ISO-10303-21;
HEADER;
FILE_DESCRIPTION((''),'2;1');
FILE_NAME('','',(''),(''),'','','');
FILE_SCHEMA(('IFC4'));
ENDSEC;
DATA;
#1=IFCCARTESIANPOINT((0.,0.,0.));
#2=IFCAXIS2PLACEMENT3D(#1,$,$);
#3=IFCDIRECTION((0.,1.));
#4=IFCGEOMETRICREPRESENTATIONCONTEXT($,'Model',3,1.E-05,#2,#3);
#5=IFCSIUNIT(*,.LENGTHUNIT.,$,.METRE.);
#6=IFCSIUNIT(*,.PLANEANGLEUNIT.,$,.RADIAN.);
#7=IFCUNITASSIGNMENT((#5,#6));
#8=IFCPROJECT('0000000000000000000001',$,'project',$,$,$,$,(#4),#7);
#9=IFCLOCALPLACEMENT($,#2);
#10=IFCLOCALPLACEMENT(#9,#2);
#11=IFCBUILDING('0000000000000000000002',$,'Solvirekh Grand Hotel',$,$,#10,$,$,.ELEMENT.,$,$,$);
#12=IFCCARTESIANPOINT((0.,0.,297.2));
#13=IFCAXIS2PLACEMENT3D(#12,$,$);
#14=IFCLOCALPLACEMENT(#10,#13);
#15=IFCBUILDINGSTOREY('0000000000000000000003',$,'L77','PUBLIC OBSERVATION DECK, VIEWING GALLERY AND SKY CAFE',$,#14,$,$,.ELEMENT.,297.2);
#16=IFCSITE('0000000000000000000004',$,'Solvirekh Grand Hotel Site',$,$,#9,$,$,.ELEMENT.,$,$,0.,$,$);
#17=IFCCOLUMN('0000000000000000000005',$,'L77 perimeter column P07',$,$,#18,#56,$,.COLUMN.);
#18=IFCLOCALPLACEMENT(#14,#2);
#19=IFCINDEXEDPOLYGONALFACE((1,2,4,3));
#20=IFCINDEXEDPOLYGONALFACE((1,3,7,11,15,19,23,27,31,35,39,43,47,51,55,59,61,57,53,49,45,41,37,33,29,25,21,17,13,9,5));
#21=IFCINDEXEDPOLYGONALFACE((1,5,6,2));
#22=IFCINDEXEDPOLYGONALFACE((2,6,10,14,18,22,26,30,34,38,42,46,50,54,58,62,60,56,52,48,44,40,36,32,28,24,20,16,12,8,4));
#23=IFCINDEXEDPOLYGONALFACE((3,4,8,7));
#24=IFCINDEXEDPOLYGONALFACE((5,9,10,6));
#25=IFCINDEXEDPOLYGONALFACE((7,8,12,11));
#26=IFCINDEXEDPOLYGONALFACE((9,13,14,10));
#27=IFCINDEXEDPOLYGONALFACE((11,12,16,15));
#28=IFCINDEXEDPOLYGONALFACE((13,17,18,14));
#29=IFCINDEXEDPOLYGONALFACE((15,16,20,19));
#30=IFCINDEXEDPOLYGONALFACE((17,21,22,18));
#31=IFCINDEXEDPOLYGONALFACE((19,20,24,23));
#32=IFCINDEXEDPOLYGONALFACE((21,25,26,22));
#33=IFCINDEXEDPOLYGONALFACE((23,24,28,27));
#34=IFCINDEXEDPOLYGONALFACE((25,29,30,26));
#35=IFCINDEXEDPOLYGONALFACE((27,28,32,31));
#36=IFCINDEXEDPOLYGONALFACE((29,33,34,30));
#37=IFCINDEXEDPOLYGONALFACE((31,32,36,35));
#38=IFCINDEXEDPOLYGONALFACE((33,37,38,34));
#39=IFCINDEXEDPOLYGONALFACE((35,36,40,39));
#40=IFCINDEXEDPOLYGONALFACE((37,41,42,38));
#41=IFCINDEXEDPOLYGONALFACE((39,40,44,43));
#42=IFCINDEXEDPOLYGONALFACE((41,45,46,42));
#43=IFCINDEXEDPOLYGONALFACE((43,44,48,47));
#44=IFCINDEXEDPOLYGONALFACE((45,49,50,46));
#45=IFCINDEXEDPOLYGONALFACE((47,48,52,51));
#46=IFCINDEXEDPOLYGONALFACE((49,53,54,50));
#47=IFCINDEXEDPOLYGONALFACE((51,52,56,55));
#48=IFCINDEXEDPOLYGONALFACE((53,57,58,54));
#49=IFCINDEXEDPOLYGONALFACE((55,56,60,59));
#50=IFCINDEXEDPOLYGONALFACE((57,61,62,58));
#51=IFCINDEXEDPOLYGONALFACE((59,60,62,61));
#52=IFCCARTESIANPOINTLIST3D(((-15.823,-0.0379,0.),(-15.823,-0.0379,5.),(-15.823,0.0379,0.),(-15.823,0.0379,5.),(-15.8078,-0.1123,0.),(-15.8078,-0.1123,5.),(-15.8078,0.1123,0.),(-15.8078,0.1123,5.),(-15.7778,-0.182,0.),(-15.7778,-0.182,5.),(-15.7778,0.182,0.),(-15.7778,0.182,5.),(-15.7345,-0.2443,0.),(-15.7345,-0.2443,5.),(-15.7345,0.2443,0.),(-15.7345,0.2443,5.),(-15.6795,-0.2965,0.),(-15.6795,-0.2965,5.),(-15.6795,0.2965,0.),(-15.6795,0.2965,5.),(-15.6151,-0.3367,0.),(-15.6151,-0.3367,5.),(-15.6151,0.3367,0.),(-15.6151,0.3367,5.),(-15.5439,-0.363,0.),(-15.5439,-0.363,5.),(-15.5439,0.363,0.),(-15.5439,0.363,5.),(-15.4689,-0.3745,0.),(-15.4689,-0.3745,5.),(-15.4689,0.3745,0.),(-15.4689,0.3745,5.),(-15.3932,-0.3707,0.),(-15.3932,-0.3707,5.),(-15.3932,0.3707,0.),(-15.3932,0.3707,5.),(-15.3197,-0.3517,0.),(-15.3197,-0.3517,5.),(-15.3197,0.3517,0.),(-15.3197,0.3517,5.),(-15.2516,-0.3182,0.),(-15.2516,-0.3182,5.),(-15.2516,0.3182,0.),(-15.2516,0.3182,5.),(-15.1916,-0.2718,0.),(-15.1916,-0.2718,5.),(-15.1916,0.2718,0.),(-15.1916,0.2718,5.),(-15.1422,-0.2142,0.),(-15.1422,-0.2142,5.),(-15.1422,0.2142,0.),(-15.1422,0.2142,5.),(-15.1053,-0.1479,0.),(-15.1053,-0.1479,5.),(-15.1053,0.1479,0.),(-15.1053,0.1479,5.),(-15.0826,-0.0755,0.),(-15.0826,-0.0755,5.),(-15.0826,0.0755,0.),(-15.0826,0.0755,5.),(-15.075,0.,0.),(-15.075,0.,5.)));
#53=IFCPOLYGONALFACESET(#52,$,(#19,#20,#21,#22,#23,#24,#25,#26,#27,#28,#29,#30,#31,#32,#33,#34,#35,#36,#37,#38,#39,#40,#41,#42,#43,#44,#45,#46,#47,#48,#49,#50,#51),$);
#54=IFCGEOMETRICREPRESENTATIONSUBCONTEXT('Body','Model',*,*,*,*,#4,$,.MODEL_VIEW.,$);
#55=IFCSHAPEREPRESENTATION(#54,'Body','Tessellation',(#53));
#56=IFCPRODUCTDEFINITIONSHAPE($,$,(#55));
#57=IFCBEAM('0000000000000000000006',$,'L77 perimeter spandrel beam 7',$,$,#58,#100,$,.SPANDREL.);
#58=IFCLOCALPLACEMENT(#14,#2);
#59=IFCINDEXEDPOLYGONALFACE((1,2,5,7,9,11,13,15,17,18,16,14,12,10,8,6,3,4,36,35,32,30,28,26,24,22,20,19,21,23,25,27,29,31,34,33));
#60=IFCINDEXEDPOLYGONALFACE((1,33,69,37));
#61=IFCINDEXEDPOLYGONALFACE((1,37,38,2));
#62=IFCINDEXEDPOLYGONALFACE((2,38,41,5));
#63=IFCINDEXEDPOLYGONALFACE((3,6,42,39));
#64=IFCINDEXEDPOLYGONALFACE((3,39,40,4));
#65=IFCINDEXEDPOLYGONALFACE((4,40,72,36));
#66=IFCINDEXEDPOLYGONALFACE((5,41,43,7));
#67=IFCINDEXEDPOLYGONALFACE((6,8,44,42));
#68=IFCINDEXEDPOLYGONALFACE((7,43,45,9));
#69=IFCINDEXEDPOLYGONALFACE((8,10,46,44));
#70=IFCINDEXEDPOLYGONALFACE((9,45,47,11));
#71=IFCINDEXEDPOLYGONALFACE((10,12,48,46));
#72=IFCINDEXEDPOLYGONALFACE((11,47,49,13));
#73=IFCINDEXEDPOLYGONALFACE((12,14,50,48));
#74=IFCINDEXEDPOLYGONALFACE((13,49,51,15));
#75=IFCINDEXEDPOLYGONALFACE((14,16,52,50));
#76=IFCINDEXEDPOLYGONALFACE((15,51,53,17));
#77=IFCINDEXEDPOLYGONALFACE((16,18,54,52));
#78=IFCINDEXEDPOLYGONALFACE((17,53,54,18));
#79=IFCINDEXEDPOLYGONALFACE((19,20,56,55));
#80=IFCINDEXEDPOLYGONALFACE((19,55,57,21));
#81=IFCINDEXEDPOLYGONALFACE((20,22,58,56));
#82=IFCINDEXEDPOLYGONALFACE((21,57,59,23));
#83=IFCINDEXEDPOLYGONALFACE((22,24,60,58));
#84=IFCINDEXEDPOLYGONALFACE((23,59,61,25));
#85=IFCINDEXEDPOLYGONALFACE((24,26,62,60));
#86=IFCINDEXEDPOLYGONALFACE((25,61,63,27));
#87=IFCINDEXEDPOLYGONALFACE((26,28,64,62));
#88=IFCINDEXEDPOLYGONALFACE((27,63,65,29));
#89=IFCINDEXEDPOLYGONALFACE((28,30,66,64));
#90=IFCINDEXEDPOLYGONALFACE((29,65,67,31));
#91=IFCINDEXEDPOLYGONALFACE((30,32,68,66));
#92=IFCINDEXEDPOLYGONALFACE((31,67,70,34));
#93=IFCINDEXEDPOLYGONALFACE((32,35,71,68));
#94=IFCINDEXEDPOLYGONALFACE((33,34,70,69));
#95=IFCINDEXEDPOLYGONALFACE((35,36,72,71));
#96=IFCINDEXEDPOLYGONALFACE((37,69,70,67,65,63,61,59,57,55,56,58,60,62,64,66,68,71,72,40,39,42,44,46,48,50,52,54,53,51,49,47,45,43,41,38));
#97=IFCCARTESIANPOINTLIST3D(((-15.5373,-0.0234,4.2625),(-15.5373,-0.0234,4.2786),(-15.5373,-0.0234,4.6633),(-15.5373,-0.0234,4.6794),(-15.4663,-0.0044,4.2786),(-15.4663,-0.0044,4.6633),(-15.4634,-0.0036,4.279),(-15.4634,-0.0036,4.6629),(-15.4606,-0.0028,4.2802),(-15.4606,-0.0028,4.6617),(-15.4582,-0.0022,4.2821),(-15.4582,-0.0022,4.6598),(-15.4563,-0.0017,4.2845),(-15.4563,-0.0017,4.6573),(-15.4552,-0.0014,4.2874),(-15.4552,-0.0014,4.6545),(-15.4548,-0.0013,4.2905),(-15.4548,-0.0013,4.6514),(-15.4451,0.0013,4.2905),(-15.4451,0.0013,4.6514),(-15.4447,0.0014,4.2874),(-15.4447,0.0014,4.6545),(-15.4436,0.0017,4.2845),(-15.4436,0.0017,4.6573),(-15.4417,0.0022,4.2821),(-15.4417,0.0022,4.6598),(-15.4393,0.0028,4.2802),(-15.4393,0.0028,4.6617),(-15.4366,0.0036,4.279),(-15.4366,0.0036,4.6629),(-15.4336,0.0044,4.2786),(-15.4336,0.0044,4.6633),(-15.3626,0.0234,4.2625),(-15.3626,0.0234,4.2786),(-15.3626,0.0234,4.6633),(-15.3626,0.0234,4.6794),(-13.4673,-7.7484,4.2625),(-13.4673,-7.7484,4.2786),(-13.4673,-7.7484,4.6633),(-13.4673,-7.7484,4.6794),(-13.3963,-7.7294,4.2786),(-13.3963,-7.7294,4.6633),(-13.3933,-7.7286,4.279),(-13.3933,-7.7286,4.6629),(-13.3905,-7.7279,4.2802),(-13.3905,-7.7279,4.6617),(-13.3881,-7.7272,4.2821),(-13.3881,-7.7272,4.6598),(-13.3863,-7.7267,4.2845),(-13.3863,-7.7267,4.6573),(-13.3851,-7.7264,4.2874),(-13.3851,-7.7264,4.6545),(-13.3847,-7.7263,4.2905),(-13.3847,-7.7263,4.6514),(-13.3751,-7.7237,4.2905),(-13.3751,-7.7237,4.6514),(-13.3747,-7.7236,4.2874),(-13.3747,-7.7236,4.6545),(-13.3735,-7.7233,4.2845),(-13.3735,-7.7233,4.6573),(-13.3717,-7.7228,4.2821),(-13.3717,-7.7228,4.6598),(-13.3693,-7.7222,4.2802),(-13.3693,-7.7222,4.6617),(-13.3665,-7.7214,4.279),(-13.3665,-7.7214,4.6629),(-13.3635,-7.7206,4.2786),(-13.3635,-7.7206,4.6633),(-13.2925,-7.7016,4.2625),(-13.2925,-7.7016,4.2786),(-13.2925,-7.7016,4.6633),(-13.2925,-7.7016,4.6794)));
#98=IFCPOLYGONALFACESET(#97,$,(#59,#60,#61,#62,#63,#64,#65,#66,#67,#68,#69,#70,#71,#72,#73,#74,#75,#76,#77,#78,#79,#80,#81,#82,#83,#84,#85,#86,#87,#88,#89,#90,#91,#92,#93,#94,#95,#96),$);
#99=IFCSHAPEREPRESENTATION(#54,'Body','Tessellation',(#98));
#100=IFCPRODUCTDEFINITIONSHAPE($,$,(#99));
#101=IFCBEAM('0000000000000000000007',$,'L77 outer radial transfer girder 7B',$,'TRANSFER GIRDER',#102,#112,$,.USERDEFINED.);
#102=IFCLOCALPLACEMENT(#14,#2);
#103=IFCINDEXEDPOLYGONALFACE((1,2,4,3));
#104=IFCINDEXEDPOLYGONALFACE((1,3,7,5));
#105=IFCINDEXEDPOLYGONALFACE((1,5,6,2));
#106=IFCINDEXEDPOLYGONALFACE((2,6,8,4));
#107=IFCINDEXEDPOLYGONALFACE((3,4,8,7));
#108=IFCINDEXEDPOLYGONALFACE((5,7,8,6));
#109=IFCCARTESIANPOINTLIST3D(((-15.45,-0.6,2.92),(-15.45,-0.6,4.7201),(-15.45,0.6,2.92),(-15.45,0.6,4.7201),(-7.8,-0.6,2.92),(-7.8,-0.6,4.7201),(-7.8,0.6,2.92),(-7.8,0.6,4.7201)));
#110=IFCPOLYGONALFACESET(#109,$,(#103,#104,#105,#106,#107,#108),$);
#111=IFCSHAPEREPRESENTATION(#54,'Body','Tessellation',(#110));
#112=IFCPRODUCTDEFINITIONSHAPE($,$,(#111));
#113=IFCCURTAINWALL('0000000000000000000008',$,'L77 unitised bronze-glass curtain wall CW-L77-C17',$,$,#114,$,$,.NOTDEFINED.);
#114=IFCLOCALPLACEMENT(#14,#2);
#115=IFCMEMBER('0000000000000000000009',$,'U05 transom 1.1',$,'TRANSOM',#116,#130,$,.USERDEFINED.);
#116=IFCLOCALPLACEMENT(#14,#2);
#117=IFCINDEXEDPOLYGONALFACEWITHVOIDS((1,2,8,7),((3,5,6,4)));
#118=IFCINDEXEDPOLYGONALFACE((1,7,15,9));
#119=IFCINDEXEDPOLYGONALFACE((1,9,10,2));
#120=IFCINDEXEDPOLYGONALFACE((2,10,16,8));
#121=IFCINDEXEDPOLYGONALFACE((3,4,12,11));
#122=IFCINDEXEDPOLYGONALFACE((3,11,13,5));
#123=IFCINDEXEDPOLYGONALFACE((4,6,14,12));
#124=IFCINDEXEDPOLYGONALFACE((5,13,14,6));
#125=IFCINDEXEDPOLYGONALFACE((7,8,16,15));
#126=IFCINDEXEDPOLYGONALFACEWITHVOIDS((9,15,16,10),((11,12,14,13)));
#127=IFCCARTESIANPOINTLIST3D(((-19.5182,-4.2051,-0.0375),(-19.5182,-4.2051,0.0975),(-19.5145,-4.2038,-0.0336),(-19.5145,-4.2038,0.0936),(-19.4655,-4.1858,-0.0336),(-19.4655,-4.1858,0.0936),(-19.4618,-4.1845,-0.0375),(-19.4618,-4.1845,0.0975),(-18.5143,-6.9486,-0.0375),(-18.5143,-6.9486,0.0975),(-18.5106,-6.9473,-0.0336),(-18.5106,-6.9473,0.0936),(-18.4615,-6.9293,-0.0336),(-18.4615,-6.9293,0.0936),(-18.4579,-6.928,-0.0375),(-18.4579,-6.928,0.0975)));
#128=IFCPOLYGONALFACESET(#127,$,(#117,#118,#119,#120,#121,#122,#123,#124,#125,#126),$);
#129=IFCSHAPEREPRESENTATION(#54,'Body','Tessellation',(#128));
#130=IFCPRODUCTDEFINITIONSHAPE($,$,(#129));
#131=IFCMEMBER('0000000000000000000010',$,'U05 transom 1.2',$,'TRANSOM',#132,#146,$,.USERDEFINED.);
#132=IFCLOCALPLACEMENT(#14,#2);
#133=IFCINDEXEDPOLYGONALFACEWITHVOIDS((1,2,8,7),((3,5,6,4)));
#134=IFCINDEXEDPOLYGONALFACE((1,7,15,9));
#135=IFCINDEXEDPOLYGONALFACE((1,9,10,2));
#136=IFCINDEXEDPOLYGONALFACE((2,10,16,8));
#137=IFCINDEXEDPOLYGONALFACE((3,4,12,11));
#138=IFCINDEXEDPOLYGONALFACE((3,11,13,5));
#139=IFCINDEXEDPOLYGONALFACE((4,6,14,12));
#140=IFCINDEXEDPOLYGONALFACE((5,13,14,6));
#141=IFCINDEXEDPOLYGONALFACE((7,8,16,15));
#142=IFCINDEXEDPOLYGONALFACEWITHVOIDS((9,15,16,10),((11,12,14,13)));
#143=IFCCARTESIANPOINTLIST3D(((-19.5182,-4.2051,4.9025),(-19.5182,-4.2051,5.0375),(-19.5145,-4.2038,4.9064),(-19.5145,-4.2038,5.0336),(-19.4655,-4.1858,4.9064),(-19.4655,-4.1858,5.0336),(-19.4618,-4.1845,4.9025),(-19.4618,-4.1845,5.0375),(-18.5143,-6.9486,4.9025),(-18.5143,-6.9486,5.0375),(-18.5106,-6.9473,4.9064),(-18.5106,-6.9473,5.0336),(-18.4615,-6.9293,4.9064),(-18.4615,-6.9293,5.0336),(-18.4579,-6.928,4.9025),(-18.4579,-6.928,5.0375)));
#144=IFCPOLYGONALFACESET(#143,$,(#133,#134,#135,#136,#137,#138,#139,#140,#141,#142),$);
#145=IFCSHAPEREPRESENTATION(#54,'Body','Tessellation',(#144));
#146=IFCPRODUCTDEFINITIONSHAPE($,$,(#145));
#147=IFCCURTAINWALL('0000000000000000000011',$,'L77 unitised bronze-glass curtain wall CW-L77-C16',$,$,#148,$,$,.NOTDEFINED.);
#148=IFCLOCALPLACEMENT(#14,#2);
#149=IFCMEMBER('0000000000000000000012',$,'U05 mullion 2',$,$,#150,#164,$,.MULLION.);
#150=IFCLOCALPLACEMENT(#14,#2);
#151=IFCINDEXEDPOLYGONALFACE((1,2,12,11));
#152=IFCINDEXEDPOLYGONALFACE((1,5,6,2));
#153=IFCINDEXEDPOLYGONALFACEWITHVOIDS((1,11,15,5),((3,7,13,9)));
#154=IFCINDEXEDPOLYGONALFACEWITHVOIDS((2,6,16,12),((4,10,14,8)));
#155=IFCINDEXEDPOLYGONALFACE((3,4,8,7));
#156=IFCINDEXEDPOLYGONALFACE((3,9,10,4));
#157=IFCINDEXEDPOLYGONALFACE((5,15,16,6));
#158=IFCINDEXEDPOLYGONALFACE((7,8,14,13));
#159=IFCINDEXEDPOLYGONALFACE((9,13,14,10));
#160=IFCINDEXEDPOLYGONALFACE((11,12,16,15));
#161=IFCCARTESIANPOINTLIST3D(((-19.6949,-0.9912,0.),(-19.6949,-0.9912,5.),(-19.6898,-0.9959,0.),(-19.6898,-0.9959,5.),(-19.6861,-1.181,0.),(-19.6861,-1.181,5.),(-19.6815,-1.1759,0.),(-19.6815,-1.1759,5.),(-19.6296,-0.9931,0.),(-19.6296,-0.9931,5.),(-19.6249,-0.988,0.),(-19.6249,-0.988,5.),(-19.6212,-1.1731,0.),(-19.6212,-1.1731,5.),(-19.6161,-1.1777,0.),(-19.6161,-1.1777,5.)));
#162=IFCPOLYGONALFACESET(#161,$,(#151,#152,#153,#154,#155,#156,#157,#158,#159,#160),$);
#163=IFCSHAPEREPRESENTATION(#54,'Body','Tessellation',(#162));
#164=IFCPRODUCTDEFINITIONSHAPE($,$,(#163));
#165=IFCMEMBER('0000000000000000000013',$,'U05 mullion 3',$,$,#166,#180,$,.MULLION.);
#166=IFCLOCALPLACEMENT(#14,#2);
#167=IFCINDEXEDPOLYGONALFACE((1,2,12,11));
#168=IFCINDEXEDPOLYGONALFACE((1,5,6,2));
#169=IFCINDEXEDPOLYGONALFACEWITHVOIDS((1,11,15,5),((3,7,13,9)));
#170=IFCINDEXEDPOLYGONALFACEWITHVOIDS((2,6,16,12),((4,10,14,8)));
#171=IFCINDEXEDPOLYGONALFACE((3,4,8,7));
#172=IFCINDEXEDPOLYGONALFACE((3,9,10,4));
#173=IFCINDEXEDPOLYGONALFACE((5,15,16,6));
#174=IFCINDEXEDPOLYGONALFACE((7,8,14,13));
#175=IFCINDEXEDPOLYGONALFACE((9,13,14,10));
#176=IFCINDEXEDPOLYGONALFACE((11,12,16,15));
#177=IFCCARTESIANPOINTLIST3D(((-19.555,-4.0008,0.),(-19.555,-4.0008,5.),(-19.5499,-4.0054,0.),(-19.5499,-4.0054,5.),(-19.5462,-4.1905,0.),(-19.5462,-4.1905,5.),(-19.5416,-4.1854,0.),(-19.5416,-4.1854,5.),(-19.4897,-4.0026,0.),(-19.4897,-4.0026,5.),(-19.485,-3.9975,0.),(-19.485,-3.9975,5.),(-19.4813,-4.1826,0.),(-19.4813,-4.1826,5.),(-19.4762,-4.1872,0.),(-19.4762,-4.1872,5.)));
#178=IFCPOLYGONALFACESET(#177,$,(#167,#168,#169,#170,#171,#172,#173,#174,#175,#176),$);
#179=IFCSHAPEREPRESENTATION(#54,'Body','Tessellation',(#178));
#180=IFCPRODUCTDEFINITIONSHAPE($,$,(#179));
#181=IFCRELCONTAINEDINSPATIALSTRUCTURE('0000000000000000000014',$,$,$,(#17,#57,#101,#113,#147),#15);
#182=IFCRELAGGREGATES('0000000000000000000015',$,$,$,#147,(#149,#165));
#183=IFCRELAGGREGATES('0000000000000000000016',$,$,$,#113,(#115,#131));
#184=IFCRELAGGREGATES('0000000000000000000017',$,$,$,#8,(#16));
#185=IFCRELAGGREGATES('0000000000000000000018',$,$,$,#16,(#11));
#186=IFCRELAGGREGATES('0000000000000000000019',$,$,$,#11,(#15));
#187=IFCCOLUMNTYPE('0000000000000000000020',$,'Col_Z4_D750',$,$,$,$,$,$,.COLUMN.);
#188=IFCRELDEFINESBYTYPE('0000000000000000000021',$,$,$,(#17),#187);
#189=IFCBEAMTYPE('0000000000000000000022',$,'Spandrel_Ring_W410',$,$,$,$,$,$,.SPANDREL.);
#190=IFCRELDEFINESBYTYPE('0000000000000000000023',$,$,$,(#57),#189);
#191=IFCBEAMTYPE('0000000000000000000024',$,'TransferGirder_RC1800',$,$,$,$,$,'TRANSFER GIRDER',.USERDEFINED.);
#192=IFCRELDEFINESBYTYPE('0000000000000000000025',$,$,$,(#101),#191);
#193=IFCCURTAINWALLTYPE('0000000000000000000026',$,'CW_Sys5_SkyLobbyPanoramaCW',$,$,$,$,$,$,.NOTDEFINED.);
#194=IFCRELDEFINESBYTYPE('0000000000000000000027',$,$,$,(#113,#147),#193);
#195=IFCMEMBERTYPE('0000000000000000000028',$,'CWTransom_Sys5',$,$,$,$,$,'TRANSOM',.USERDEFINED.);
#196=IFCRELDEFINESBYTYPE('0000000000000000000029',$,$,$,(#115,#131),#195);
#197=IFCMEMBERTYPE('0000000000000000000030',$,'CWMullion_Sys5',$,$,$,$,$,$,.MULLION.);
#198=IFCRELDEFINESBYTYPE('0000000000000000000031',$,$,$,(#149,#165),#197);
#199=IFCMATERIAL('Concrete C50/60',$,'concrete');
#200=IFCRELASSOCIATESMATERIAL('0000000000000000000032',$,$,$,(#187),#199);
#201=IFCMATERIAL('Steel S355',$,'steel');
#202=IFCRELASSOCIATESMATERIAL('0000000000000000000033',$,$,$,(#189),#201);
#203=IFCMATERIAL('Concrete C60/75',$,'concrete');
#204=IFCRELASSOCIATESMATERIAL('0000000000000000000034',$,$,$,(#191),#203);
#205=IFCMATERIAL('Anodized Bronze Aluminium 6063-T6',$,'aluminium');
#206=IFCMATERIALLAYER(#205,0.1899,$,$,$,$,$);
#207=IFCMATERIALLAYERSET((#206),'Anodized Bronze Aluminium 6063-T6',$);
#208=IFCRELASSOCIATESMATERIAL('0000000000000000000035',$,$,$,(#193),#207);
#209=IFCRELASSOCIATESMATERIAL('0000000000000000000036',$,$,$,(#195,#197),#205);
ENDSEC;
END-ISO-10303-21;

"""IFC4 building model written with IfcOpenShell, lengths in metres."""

from ifc_helpers import new_model, si_unit, direction, frame, origin, origin_2d, place, context, subcontext, project, spatial, rectangle, hollow_rectangle, circle, i_section, extrude, source, transform, mapped, material, layer, layer_set, material_profile, profile_set, type_object, element, aggregate, save


model = new_model("IFC4")

# Units and contexts
model_context = context("Model", 3, precision=1e-05, world=origin(), true_north=direction((0.0, 1.0)))
body_context = subcontext(model_context, "Body", "Model", "MODEL_VIEW")
ifc_project = project(units=[si_unit("LENGTHUNIT", "METRE"), si_unit("PLANEANGLEUNIT", "RADIAN")], contexts=[model_context])

# Site, building, storey
site_placement = place(None, origin())
site = spatial("IfcSite", under=ifc_project, at=site_placement, Name="Solvirekh Grand Hotel Site", CompositionType="ELEMENT", RefElevation=0.0)
building_placement = place(site_placement, origin())
building = spatial("IfcBuilding", under=site, at=building_placement, Name="Solvirekh Grand Hotel", CompositionType="ELEMENT")
storey_placement = place(building_placement, frame((0.0, 0.0, 297.2)))
storey = spatial("IfcBuildingStorey", under=building, at=storey_placement, Name="L77", Description="PUBLIC OBSERVATION DECK, VIEWING GALLERY AND SKY CAFE", CompositionType="ELEMENT", Elevation=297.2)

# Column
ifc_material_1 = material(Name="Concrete C50/60", Category="concrete")
ifc_material_profile_1 = material_profile(ifc_material_1, circle(Radius=0.375, at=origin_2d()), Name="RC CIRC D750")
ifc_profile_set_1 = profile_set([ifc_material_profile_1], Name="Concrete C50/60")
column_type = type_object("IfcColumnType", Name="Col_Z4_D750", PredefinedType="COLUMN", material=ifc_profile_set_1)
column_placement = place(storey_placement, frame((-15.45, 0.0, 0.0), z_axis=(0.0, 0.0, 1.0), x_axis=(1.0, 0.0, 0.0)))
element("IfcColumn", 1, at=column_placement, inside=storey, type_object=column_type, Name="L77 perimeter column P07", PredefinedType="COLUMN", context=body_context, shape_type="SweptSolid", body=[
    extrude(circle(Radius=0.375, at=origin_2d()), origin(), (0.0, 0.0, 1.0), 5.0),
])

# Beams
ifc_material_2 = material(Name="Steel S355", Category="steel")
ifc_material_profile_2 = material_profile(ifc_material_2, i_section(OverallWidth=0.1809, OverallDepth=0.417, WebThickness=0.01, FlangeThickness=0.0161, FilletRadius=0.012, at=origin_2d()), Name="W410X85")
ifc_profile_set_2 = profile_set([ifc_material_profile_2], Name="Steel S355")
beam_type_1 = type_object("IfcBeamType", Name="Spandrel_Ring_W410", PredefinedType="SPANDREL", material=ifc_profile_set_2)
beam_1_placement = place(storey_placement, frame((-15.45, 0.0, 4.4709), z_axis=(0.258835, -0.965922, 0.0), x_axis=(0.965922, 0.258835, 0.0)))
element("IfcBeam", 2, at=beam_1_placement, inside=storey, type_object=beam_type_1, Name="L77 perimeter spandrel beam 7", PredefinedType="SPANDREL", context=body_context, shape_type="SweptSolid", body=[
    extrude(i_section(OverallWidth=0.1809, OverallDepth=0.417, WebThickness=0.01, FlangeThickness=0.0161, FilletRadius=0.012, at=origin_2d()), origin(), (0.0, 0.0, 1.0), 7.9976),
])
ifc_material_3 = material(Name="Concrete C60/75", Category="concrete")
ifc_material_profile_3 = material_profile(ifc_material_3, rectangle(XDim=1.2, YDim=1.8, at=origin_2d()), Name="RC GIRDER 1200X1800")
ifc_profile_set_3 = profile_set([ifc_material_profile_3], Name="Concrete C60/75")
beam_type_2 = type_object("IfcBeamType", Name="TransferGirder_RC1800", ElementType="TRANSFER GIRDER", PredefinedType="USERDEFINED", material=ifc_profile_set_3)
beam_2_placement = place(storey_placement, frame((-7.8, 0.0, 3.8201), z_axis=(-1.0, 0.0, 0.0), x_axis=(0.0, -1.0, 0.0)))
element("IfcBeam", 3, at=beam_2_placement, inside=storey, type_object=beam_type_2, Name="L77 outer radial transfer girder 7B", ObjectType="TRANSFER GIRDER", PredefinedType="USERDEFINED", context=body_context, shape_type="SweptSolid", body=[
    extrude(rectangle(XDim=1.2, YDim=1.8, at=origin_2d()), origin(), (0.0, 0.0, 1.0), 7.6499),
])

# Curtain walls, members
ifc_material_4 = material(Name="Anodized Bronze Aluminium 6063-T6", Category="aluminium")
ifc_layer_1 = layer(ifc_material_4, 0.1899)
ifc_layer_set_1 = layer_set([ifc_layer_1], Name="Anodized Bronze Aluminium 6063-T6")
curtain_wall_type = type_object("IfcCurtainWallType", Name="CW_Sys5_SkyLobbyPanoramaCW", PredefinedType="NOTDEFINED", material=ifc_layer_set_1)
curtain_wall_1_placement = place(storey_placement, origin())
curtain_wall_1 = element("IfcCurtainWall", 4, at=curtain_wall_1_placement, inside=storey, type_object=curtain_wall_type, Name="L77 unitised bronze-glass curtain wall CW-L77-C17", PredefinedType="NOTDEFINED")
ifc_material_profile_4 = material_profile(ifc_material_4, hollow_rectangle(XDim=0.0601, YDim=0.135, WallThickness=0.0039, at=origin_2d()), Name="ALU RHS 135X60X4")
ifc_profile_set_4 = profile_set([ifc_material_profile_4], Name="Anodized Bronze Aluminium 6063-T6")
member_type_1 = type_object("IfcMemberType", Name="CWTransom_Sys5", ElementType="TRANSOM", PredefinedType="USERDEFINED", material=ifc_profile_set_4)
shared_shape_1 = source(origin(), body_context, "Body", "SweptSolid", [
    extrude(hollow_rectangle(XDim=0.0601, YDim=0.135, WallThickness=0.0039, at=origin_2d()), origin(), (0.0, 0.0, 1.0), 2.9214),
])
member_1_placement = place(storey_placement, frame((-19.49, -4.1948, 0.03), z_axis=(0.343648, -0.939099, 0.0), x_axis=(0.939099, 0.343648, 0.0)))
member_1 = element("IfcMember", 5, at=member_1_placement, type_object=member_type_1, Name="U05 transom 1.1", ObjectType="TRANSOM", PredefinedType="USERDEFINED", context=body_context, shape_type="MappedRepresentation", body=[
    mapped(shared_shape_1, transform((0.0, 0.0, 0.0), x_axis=(1.0, 0.0, 0.0), y_axis=(0.0, 1.0, 0.0), z_axis=(0.0, 0.0, 1.0), scale=1.0)),
])
member_2_placement = place(storey_placement, frame((-19.49, -4.1948, 4.97), z_axis=(0.343648, -0.939099, 0.0), x_axis=(0.939099, 0.343648, 0.0)))
member_2 = element("IfcMember", 6, at=member_2_placement, type_object=member_type_1, Name="U05 transom 1.2", ObjectType="TRANSOM", PredefinedType="USERDEFINED", context=body_context, shape_type="MappedRepresentation", body=[
    mapped(shared_shape_1, transform((0.0, 0.0, 0.0), x_axis=(1.0, 0.0, 0.0), y_axis=(0.0, 1.0, 0.0), z_axis=(0.0, 0.0, 1.0), scale=1.0)),
])
curtain_wall_2_placement = place(storey_placement, origin())
curtain_wall_2 = element("IfcCurtainWall", 7, at=curtain_wall_2_placement, inside=storey, type_object=curtain_wall_type, Name="L77 unitised bronze-glass curtain wall CW-L77-C16", PredefinedType="NOTDEFINED")
ifc_material_profile_5 = material_profile(ifc_material_4, hollow_rectangle(XDim=0.0701, YDim=0.1899, WallThickness=0.0049, at=origin_2d()), Name="ALU RHS 190X70X5")
ifc_profile_set_5 = profile_set([ifc_material_profile_5], Name="Anodized Bronze Aluminium 6063-T6")
member_type_2 = type_object("IfcMemberType", Name="CWMullion_Sys5", PredefinedType="MULLION", material=ifc_profile_set_5)
shared_shape_2 = source(origin(), body_context, "Body", "SweptSolid", [
    extrude(hollow_rectangle(XDim=0.0701, YDim=0.1899, WallThickness=0.0049, at=origin_2d()), origin(), (0.0, 0.0, 1.0), 5.0),
])
member_3_placement = place(storey_placement, frame((-19.6555, -1.0845, 0.0), z_axis=(0.0, 0.0, 1.0), x_axis=(0.998922, 0.046427, 0.0)))
member_3 = element("IfcMember", 8, at=member_3_placement, type_object=member_type_2, Name="U05 mullion 2", PredefinedType="MULLION", context=body_context, shape_type="MappedRepresentation", body=[
    mapped(shared_shape_2, transform((0.0, 0.0, 0.0), x_axis=(1.0, 0.0, 0.0), y_axis=(0.0, 1.0, 0.0), z_axis=(0.0, 0.0, 1.0), scale=1.0)),
])
member_4_placement = place(storey_placement, frame((-19.5156, -4.094, 0.0), z_axis=(0.0, 0.0, 1.0), x_axis=(0.998922, 0.046427, 0.0)))
member_4 = element("IfcMember", 9, at=member_4_placement, type_object=member_type_2, Name="U05 mullion 3", PredefinedType="MULLION", context=body_context, shape_type="MappedRepresentation", body=[
    mapped(shared_shape_2, transform((0.0, 0.0, 0.0), x_axis=(1.0, 0.0, 0.0), y_axis=(0.0, 1.0, 0.0), z_axis=(0.0, 0.0, 1.0), scale=1.0)),
])

aggregate(curtain_wall_2, [member_3, member_4])
aggregate(curtain_wall_1, [member_1, member_2])

save(model, "model.ifc")
